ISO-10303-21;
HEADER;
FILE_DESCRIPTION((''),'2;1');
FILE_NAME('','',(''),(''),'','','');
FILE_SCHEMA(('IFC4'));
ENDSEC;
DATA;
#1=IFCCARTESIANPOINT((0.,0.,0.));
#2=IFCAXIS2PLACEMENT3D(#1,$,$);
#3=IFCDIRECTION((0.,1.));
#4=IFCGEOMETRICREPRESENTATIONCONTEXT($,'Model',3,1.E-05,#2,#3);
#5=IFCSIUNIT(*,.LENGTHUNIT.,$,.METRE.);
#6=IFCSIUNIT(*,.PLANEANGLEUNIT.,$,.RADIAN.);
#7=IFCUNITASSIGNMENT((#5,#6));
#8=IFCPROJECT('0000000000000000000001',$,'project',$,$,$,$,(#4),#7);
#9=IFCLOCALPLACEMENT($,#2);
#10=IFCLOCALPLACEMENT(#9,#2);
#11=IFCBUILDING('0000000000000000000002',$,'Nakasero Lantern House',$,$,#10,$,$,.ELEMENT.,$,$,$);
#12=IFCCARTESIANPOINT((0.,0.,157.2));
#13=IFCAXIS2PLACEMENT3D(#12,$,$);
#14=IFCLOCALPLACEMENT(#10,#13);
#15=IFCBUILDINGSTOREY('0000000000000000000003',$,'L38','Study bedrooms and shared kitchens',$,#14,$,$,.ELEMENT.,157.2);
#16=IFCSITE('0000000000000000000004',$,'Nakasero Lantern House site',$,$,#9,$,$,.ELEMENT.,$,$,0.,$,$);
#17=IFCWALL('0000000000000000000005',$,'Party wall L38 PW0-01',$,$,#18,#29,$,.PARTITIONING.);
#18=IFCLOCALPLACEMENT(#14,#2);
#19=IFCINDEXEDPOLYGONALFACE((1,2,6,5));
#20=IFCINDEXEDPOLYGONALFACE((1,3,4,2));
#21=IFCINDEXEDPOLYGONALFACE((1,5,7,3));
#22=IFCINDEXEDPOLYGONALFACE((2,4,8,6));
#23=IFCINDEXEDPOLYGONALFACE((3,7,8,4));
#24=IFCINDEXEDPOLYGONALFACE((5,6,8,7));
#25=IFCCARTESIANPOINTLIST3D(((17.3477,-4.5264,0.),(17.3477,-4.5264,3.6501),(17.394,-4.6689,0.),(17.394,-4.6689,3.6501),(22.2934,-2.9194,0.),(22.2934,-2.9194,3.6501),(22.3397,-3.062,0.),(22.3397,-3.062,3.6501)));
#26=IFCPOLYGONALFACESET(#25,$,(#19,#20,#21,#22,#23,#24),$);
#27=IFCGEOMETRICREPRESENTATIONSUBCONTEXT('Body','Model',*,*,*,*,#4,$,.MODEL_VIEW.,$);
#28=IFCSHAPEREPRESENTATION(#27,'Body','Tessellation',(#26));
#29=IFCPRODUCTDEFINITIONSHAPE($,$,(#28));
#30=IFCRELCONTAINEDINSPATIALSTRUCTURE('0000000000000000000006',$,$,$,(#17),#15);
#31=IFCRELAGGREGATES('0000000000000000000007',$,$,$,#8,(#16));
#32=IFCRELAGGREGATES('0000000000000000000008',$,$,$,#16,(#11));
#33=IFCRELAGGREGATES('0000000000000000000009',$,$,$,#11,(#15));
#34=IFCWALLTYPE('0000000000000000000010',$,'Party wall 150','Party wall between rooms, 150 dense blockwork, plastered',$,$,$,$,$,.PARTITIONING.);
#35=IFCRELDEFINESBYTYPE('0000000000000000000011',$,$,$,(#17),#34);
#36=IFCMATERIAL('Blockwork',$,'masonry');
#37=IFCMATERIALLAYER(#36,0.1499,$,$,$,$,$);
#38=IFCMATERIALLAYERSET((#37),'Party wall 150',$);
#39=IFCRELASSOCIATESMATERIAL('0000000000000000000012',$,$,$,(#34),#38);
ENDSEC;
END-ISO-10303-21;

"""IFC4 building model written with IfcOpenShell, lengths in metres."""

from ifc_helpers import new_model, si_unit, direction, frame, frame_2d, origin, place, context, subcontext, project, spatial, rectangle, extrude, material, layer, layer_set, type_object, element, save


model = new_model("IFC4")

# Units and contexts
model_context = context("Model", 3, precision=1e-05, world=origin(), true_north=direction((0.0, 1.0)))
body_context = subcontext(model_context, "Body", "Model", "MODEL_VIEW")
ifc_project = project(units=[si_unit("LENGTHUNIT", "METRE"), si_unit("PLANEANGLEUNIT", "RADIAN")], contexts=[model_context])

# Site, building, storey
site_placement = place(None, origin())
site = spatial("IfcSite", under=ifc_project, at=site_placement, Name="Nakasero Lantern House site", CompositionType="ELEMENT", RefElevation=0.0)
building_placement = place(site_placement, origin())
building = spatial("IfcBuilding", under=site, at=building_placement, Name="Nakasero Lantern House", CompositionType="ELEMENT")
storey_placement = place(building_placement, frame((0.0, 0.0, 157.2)))
storey = spatial("IfcBuildingStorey", under=building, at=storey_placement, Name="L38", Description="Study bedrooms and shared kitchens", CompositionType="ELEMENT", Elevation=157.2)

# Wall
ifc_material_1 = material(Name="Blockwork", Category="masonry")
ifc_layer_1 = layer(ifc_material_1, 0.1499)
ifc_layer_set_1 = layer_set([ifc_layer_1], Name="Party wall 150")
wall_type_1 = type_object("IfcWallType", Name="Party wall 150", Description="Party wall between rooms, 150 dense blockwork, plastered", PredefinedType="PARTITIONING", material=ifc_layer_set_1)
wall_1_placement = place(storey_placement, frame((17.3708, -4.5977, 0.0), z_axis=(0.0, 0.0, 1.0), x_axis=(0.951055, 0.309021, 0.0)))
element("IfcWall", 1, at=wall_1_placement, inside=storey, type_object=wall_type_1, Name="Party wall L38 PW0-01", PredefinedType="PARTITIONING", context=body_context, shape_type="SweptSolid", body=[
    extrude(rectangle(XDim=5.2002, YDim=0.1499, at=frame_2d((2.6001, 0.0))), origin(), (0.0, 0.0, 1.0), 3.6501),
])

save(model, "model.ifc")
